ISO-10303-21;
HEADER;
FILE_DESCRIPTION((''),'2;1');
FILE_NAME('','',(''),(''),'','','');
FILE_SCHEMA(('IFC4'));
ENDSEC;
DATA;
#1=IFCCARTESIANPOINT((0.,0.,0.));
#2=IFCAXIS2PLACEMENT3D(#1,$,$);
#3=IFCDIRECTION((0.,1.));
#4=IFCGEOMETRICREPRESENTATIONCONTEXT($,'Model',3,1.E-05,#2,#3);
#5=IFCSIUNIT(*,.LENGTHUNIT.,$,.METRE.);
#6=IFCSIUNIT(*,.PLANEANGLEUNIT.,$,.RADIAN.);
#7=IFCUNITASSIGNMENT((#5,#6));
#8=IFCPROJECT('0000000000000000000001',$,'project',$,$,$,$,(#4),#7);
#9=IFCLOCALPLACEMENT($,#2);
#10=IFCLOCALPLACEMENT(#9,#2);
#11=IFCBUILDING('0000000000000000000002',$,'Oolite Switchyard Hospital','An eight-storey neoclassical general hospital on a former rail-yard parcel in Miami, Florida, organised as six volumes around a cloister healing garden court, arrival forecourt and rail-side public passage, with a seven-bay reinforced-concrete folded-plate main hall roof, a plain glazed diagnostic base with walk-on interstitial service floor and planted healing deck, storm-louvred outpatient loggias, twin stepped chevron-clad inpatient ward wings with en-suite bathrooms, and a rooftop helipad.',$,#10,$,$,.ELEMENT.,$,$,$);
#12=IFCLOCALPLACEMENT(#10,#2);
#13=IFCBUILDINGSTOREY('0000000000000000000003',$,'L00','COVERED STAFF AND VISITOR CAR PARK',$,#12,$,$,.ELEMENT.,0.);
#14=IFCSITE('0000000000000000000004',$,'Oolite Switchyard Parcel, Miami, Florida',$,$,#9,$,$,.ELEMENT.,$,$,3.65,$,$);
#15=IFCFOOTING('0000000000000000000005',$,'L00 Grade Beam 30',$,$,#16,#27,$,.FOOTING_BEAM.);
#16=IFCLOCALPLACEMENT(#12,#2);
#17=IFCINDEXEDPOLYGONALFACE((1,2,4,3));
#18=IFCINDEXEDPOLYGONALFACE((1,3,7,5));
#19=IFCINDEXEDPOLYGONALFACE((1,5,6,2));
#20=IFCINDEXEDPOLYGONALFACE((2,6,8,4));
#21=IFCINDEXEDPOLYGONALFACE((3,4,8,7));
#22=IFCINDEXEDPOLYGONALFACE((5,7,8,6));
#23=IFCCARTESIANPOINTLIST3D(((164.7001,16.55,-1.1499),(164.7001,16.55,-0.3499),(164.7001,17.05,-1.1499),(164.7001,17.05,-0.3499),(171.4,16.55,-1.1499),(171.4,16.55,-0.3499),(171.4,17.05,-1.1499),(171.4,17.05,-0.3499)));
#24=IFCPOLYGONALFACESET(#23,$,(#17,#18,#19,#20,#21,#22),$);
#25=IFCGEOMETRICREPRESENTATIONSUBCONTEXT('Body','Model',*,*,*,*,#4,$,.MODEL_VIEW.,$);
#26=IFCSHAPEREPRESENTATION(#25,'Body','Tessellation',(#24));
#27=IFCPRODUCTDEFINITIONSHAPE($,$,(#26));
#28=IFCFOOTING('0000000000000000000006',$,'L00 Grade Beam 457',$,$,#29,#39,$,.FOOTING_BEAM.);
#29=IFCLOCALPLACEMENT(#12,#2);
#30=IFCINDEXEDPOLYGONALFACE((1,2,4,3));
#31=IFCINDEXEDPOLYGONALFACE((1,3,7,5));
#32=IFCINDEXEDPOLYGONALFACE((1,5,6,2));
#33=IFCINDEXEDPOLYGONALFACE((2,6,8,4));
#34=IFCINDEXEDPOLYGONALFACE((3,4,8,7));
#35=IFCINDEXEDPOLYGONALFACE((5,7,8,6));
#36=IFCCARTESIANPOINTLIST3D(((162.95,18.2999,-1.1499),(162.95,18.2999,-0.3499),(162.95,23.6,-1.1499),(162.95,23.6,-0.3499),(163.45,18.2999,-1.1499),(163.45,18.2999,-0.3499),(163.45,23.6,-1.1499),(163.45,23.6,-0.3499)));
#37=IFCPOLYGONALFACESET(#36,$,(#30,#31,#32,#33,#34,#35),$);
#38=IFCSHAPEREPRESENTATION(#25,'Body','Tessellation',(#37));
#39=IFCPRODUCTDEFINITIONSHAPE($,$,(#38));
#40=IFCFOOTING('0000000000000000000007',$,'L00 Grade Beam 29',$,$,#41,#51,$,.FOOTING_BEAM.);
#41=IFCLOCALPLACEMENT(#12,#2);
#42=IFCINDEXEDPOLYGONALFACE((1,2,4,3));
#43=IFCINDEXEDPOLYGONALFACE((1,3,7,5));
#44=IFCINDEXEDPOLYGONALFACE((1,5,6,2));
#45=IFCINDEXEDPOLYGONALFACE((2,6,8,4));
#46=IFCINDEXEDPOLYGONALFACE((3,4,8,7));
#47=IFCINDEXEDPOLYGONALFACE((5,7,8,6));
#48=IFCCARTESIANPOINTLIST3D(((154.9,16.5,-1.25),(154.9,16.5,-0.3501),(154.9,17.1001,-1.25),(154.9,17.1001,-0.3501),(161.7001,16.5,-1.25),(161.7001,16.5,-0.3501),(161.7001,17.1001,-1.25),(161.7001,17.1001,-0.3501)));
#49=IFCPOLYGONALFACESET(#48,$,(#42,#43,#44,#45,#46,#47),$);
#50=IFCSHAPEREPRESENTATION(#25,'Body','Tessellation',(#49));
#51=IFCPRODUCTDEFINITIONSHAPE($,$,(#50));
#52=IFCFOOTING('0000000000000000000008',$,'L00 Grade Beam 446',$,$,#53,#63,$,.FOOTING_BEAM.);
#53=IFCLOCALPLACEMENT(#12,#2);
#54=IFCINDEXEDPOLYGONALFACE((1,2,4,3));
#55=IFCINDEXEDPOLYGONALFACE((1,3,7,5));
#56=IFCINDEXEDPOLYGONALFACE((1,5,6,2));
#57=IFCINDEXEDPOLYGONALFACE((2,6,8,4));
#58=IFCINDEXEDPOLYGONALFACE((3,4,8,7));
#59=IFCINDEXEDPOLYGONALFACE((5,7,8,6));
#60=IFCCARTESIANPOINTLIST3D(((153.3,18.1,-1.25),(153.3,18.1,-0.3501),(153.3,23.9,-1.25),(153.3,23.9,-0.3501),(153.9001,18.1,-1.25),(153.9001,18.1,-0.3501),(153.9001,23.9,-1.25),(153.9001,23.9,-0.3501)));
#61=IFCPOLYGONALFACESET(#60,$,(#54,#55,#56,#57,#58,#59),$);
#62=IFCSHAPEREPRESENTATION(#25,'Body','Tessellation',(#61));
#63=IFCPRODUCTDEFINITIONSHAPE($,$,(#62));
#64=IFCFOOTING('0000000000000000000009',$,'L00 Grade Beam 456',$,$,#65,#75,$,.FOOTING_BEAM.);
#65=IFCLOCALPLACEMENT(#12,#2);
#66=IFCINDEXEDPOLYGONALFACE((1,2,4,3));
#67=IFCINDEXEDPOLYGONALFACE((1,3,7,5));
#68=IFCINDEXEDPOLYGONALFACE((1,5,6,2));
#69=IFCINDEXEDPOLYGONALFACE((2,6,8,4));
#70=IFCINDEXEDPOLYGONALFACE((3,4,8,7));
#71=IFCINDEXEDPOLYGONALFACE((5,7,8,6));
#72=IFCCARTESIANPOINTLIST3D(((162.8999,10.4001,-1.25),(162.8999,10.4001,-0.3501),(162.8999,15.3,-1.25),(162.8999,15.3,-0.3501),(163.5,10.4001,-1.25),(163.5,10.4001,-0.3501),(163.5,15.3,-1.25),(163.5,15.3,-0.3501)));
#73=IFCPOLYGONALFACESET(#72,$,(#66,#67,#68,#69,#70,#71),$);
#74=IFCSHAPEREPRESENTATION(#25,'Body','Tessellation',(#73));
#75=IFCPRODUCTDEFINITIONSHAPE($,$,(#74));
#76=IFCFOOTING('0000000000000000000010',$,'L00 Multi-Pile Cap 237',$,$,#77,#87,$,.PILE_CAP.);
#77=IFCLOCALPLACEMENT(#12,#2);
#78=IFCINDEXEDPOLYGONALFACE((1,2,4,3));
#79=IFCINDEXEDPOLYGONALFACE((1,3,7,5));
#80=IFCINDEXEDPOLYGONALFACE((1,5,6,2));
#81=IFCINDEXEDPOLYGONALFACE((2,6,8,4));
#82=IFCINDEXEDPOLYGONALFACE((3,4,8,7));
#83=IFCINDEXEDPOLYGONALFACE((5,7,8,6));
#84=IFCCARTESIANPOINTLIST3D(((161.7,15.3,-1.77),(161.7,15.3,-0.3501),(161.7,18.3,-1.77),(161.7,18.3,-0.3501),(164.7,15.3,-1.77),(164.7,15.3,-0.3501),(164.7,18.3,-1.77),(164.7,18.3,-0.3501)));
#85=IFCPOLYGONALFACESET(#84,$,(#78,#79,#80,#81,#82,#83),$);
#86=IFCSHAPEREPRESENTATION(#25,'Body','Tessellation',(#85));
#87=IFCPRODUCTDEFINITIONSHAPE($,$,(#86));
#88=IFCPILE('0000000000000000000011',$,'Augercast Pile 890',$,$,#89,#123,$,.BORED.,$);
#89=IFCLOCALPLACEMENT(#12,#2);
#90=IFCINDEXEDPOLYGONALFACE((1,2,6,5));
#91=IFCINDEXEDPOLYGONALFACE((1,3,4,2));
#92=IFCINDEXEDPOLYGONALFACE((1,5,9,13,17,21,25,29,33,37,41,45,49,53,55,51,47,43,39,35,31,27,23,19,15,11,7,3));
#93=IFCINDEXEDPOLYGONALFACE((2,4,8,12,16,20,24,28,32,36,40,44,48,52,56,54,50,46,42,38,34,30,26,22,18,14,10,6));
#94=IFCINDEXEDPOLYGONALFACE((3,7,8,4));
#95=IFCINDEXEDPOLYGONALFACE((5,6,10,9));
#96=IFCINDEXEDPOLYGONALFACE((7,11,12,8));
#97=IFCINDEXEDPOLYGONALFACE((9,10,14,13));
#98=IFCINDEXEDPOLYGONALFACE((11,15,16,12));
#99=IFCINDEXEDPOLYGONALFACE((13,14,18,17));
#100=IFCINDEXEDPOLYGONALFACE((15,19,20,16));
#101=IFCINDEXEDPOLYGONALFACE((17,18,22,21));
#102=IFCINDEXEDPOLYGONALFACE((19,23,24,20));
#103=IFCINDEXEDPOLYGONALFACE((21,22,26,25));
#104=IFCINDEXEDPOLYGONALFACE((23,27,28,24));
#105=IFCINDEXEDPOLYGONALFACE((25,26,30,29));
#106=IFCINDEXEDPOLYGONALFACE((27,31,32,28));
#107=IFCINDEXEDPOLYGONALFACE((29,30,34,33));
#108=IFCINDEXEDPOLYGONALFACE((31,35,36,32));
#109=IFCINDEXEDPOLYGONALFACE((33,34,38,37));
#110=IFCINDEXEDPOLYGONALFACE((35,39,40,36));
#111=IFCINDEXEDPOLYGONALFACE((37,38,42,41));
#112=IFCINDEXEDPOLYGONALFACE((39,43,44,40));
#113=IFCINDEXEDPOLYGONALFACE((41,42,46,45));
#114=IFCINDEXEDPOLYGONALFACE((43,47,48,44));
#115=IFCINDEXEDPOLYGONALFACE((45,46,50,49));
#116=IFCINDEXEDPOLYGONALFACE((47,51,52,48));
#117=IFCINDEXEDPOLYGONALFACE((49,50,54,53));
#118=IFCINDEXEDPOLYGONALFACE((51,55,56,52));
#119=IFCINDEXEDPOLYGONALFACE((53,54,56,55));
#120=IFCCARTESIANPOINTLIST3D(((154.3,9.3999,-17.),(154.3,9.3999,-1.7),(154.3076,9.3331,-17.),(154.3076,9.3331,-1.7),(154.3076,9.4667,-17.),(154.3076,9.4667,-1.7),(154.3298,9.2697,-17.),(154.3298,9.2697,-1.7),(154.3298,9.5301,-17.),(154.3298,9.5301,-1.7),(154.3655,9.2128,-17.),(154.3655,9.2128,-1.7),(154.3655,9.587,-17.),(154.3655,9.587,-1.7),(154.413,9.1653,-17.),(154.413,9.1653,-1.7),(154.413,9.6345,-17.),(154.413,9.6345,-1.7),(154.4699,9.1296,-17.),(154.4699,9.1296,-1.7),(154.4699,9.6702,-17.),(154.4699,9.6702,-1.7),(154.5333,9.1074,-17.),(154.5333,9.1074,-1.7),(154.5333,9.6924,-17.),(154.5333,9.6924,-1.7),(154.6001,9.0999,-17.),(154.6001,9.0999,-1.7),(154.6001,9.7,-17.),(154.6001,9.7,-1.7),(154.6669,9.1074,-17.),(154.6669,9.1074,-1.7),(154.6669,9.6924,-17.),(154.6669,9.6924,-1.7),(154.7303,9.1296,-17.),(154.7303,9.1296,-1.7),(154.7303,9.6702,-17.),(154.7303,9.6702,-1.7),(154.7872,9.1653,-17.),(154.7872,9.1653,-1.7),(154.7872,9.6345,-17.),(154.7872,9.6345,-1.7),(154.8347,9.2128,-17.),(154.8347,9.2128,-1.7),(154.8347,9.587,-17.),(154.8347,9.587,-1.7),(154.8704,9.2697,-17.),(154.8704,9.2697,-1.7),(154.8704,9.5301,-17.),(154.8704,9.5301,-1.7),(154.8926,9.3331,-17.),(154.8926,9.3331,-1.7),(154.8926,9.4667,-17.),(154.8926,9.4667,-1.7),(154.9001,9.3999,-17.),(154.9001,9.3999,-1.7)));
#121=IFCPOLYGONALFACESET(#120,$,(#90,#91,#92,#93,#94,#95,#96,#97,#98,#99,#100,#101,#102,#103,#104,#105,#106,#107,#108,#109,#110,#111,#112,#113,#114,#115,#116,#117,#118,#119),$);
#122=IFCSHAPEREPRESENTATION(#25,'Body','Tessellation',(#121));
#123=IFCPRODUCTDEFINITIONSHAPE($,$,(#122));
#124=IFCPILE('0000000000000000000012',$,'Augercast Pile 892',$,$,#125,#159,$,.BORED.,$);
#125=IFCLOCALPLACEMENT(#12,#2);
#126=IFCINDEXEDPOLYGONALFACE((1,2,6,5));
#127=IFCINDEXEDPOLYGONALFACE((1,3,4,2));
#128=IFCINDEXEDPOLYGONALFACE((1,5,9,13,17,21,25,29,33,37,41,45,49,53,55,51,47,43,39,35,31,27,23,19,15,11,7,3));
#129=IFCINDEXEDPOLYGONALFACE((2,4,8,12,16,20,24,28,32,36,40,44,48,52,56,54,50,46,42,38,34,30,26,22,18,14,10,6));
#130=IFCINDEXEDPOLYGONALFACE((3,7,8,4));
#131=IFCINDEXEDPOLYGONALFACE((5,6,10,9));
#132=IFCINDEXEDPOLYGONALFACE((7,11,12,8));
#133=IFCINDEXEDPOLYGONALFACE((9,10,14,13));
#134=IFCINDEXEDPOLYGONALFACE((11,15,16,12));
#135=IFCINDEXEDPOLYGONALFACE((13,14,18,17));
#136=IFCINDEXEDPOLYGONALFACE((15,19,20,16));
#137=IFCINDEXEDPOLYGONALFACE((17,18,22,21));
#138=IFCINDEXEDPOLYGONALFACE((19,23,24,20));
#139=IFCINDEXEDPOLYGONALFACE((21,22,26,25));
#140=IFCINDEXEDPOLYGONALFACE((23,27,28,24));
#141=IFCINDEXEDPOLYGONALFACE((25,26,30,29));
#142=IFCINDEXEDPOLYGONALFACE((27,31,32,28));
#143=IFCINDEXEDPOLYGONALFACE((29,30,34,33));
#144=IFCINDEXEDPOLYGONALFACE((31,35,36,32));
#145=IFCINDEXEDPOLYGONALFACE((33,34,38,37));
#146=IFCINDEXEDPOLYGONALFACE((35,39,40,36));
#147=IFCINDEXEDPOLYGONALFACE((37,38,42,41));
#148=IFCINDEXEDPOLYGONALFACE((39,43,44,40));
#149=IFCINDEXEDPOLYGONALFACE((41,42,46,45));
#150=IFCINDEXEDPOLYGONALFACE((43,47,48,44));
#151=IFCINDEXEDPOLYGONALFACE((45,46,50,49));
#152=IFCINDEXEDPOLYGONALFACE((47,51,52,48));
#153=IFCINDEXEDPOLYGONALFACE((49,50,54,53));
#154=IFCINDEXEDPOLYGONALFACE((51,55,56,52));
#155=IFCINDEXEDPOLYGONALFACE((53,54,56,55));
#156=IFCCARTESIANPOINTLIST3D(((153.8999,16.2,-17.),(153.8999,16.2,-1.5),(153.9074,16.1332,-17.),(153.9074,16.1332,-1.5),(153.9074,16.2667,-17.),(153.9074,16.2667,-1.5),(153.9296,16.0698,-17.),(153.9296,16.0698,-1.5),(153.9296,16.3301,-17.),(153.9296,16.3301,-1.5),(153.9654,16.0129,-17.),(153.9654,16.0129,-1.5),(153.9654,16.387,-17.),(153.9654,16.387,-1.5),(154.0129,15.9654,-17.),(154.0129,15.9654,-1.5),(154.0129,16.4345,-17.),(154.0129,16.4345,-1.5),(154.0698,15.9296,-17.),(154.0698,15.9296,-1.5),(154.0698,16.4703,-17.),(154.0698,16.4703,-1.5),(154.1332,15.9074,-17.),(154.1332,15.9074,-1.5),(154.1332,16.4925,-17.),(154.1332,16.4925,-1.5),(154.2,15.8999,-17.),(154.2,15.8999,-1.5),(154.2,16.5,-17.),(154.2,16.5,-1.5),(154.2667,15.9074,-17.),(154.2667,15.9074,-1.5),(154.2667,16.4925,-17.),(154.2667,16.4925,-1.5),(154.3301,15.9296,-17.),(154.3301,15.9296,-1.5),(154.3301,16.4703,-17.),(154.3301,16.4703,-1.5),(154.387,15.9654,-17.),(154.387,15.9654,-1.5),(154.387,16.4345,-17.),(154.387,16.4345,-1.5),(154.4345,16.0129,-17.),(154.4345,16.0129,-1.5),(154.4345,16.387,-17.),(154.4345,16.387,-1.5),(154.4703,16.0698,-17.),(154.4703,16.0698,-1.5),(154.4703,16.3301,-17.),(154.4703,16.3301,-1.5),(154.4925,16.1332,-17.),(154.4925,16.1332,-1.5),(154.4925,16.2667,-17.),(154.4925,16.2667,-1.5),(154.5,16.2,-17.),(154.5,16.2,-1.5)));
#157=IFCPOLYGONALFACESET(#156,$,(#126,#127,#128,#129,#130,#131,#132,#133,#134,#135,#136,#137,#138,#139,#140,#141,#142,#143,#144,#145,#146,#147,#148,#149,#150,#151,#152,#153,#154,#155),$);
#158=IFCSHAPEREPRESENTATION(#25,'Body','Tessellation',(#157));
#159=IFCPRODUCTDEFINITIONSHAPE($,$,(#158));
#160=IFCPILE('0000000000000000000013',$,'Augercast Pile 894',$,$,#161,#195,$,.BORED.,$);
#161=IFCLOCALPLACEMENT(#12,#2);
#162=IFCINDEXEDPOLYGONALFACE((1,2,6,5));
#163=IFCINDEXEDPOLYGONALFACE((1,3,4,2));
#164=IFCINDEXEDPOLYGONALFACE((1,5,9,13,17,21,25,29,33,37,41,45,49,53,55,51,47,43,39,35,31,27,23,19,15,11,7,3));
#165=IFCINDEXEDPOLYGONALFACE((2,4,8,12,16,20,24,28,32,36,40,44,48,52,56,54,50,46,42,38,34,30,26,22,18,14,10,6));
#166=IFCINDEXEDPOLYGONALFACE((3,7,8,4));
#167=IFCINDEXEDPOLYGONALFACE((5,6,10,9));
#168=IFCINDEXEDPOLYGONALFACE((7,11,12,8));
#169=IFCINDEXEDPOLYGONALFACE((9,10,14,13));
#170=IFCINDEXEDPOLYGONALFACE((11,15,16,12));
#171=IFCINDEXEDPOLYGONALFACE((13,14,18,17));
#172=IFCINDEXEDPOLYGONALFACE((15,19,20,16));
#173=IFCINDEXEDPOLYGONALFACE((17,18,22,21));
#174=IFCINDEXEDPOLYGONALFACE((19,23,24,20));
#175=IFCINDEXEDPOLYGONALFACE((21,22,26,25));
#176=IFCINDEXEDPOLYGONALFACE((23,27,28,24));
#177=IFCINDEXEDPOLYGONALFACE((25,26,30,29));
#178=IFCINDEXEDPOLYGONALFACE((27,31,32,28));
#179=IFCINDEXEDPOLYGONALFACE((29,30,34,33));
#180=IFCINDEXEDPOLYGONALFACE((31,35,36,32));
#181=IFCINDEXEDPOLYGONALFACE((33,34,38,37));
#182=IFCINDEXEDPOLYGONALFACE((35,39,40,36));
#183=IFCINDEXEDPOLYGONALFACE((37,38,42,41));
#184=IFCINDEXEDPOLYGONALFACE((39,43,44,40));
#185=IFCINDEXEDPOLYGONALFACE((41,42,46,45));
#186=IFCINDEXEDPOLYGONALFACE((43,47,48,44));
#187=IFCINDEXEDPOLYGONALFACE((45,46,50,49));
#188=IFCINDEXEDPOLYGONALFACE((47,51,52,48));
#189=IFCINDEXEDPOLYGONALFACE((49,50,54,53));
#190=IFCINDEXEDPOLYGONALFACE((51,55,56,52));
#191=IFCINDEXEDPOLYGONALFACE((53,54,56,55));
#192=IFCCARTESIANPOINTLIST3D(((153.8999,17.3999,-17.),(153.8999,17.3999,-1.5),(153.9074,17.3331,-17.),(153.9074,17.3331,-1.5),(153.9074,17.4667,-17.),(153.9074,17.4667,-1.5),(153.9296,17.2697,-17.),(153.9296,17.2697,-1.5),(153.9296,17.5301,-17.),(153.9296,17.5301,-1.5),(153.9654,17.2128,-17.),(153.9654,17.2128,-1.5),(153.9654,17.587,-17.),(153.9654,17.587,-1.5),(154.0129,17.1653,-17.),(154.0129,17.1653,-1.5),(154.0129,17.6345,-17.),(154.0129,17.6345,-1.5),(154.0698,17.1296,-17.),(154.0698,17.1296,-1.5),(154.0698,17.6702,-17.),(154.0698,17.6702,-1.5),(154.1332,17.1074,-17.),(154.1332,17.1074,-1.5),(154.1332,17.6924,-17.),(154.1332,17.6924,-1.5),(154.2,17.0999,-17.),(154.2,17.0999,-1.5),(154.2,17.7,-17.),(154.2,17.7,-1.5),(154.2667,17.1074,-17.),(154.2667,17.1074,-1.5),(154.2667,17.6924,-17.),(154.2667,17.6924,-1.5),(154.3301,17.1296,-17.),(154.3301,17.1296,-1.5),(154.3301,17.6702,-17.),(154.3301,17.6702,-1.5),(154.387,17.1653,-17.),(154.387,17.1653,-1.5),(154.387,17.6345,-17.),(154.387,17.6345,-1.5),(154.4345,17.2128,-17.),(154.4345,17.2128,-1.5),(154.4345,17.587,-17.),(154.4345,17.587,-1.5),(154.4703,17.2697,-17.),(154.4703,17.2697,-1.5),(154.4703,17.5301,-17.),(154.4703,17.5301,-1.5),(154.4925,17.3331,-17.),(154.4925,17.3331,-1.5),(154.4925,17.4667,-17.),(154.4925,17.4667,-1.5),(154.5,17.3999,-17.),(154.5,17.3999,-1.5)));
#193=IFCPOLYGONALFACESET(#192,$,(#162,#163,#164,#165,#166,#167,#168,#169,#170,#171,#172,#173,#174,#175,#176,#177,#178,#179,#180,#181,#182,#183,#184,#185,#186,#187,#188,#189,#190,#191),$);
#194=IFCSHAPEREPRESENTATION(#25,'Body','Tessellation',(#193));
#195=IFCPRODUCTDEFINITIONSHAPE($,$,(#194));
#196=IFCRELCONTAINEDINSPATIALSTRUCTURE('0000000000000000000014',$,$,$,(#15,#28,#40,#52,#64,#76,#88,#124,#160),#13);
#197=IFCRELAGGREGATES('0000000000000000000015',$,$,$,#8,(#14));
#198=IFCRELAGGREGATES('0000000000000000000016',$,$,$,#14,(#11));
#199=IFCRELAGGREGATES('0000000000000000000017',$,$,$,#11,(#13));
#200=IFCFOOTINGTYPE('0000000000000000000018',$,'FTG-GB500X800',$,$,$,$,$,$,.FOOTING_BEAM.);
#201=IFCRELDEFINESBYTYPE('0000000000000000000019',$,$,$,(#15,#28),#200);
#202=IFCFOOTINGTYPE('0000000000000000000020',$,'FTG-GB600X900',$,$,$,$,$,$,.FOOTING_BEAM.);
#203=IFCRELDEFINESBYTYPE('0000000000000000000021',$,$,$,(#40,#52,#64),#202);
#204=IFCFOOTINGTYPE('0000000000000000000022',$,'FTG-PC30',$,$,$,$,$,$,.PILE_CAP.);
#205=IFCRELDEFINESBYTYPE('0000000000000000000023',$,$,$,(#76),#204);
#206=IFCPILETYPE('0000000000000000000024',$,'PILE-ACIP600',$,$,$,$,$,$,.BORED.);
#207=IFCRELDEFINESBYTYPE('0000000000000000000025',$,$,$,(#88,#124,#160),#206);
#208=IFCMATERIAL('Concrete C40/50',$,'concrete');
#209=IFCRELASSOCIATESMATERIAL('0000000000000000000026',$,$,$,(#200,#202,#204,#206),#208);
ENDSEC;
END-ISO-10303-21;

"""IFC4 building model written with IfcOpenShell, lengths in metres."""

from ifc_helpers import new_model, si_unit, direction, frame, origin, origin_2d, place, context, subcontext, project, spatial, rectangle, circle, extrude, material, material_profile, profile_set, type_object, element, save


model = new_model("IFC4")

# Units and contexts
model_context = context("Model", 3, precision=1e-05, world=origin(), true_north=direction((0.0, 1.0)))
body_context = subcontext(model_context, "Body", "Model", "MODEL_VIEW")
ifc_project = project(units=[si_unit("LENGTHUNIT", "METRE"), si_unit("PLANEANGLEUNIT", "RADIAN")], contexts=[model_context])

# Site, building, storey
site_placement = place(None, origin())
site = spatial("IfcSite", under=ifc_project, at=site_placement, Name="Oolite Switchyard Parcel, Miami, Florida", CompositionType="ELEMENT", RefElevation=3.65)
building_placement = place(site_placement, origin())
building = spatial("IfcBuilding", under=site, at=building_placement, Name="Oolite Switchyard Hospital", Description="An eight-storey neoclassical general hospital on a former rail-yard parcel in Miami, Florida, organised as six volumes around a cloister healing garden court, arrival forecourt and rail-side public passage, with a seven-bay reinforced-concrete folded-plate main hall roof, a plain glazed diagnostic base with walk-on interstitial service floor and planted healing deck, storm-louvred outpatient loggias, twin stepped chevron-clad inpatient ward wings with en-suite bathrooms, and a rooftop helipad.", CompositionType="ELEMENT")
storey_placement = place(building_placement, origin())
storey = spatial("IfcBuildingStorey", under=building, at=storey_placement, Name="L00", Description="COVERED STAFF AND VISITOR CAR PARK", CompositionType="ELEMENT", Elevation=0.0)

# Footings
ifc_material_1 = material(Name="Concrete C40/50", Category="concrete")
footing_type_1 = type_object("IfcFootingType", Name="FTG-GB500X800", PredefinedType="FOOTING_BEAM", material=ifc_material_1)
footing_1_placement = place(storey_placement, frame((168.05, 16.8, -1.1499), z_axis=(0.0, 0.0, 1.0), x_axis=(1.0, 0.0, 0.0)))
element("IfcFooting", 1, at=footing_1_placement, inside=storey, type_object=footing_type_1, Name="L00 Grade Beam 30", PredefinedType="FOOTING_BEAM", context=body_context, shape_type="SweptSolid", body=[
    extrude(rectangle(XDim=6.7, YDim=0.5, at=origin_2d()), origin(), (0.0, 0.0, 1.0), 0.8),
])
footing_2_placement = place(storey_placement, frame((163.2, 20.95, -1.1499), z_axis=(0.0, 0.0, 1.0), x_axis=(0.0, 1.0, 0.0)))
element("IfcFooting", 2, at=footing_2_placement, inside=storey, type_object=footing_type_1, Name="L00 Grade Beam 457", PredefinedType="FOOTING_BEAM", context=body_context, shape_type="SweptSolid", body=[
    extrude(rectangle(XDim=5.3, YDim=0.5, at=origin_2d()), origin(), (0.0, 0.0, 1.0), 0.8),
])
footing_type_2 = type_object("IfcFootingType", Name="FTG-GB600X900", PredefinedType="FOOTING_BEAM", material=ifc_material_1)
footing_3_placement = place(storey_placement, frame((158.3, 16.8, -1.25), z_axis=(0.0, 0.0, 1.0), x_axis=(1.0, 0.0, 0.0)))
element("IfcFooting", 3, at=footing_3_placement, inside=storey, type_object=footing_type_2, Name="L00 Grade Beam 29", PredefinedType="FOOTING_BEAM", context=body_context, shape_type="SweptSolid", body=[
    extrude(rectangle(XDim=6.8, YDim=0.6001, at=origin_2d()), origin(), (0.0, 0.0, 1.0), 0.8999),
])
footing_4_placement = place(storey_placement, frame((153.6001, 21.0, -1.25), z_axis=(0.0, 0.0, 1.0), x_axis=(0.0, 1.0, 0.0)))
element("IfcFooting", 4, at=footing_4_placement, inside=storey, type_object=footing_type_2, Name="L00 Grade Beam 446", PredefinedType="FOOTING_BEAM", context=body_context, shape_type="SweptSolid", body=[
    extrude(rectangle(XDim=5.8, YDim=0.6001, at=origin_2d()), origin(), (0.0, 0.0, 1.0), 0.8999),
])
footing_5_placement = place(storey_placement, frame((163.2, 12.8501, -1.25), z_axis=(0.0, 0.0, 1.0), x_axis=(0.0, 1.0, 0.0)))
element("IfcFooting", 5, at=footing_5_placement, inside=storey, type_object=footing_type_2, Name="L00 Grade Beam 456", PredefinedType="FOOTING_BEAM", context=body_context, shape_type="SweptSolid", body=[
    extrude(rectangle(XDim=4.8999, YDim=0.6001, at=origin_2d()), origin(), (0.0, 0.0, 1.0), 0.8999),
])
footing_type_3 = type_object("IfcFootingType", Name="FTG-PC30", PredefinedType="PILE_CAP", material=ifc_material_1)
footing_6_placement = place(storey_placement, frame((163.2, 16.8, -1.77), z_axis=(0.0, 0.0, 1.0), x_axis=(1.0, 0.0, 0.0)))
element("IfcFooting", 6, at=footing_6_placement, inside=storey, type_object=footing_type_3, Name="L00 Multi-Pile Cap 237", PredefinedType="PILE_CAP", context=body_context, shape_type="SweptSolid", body=[
    extrude(rectangle(XDim=3.0, YDim=3.0, at=origin_2d()), origin(), (0.0, 0.0, 1.0), 1.4199),
])

# Piles
ifc_material_profile_1 = material_profile(ifc_material_1, circle(Radius=0.3, at=origin_2d()), Name="PILE600")
ifc_profile_set_1 = profile_set([ifc_material_profile_1], Name="Concrete C40/50")
pile_type = type_object("IfcPileType", Name="PILE-ACIP600", PredefinedType="BORED", material=ifc_profile_set_1)
pile_placement = place(storey_placement, frame((154.6001, 9.3999, -1.7), z_axis=(0.0, 0.0, -1.0), x_axis=(1.0, 0.0, 0.0)))
element("IfcPile", 7, at=pile_placement, inside=storey, type_object=pile_type, Name="Augercast Pile 890", PredefinedType="BORED", context=body_context, shape_type="SweptSolid", body=[
    extrude(circle(Radius=0.3, at=origin_2d()), origin(), (0.0, 0.0, 1.0), 15.3),
])
for number, where, z_axis, x_axis, name in (
    (8, (154.2, 16.2, -1.5), (0.0, 0.0, -1.0), (1.0, 0.0, 0.0), "Augercast Pile 892"),
    (9, (154.2, 17.3999, -1.5), (0.0, 0.0, -1.0), (1.0, 0.0, 0.0), "Augercast Pile 894"),
):
    element("IfcPile", number, at=place(storey_placement, frame(where, z_axis=z_axis, x_axis=x_axis)), inside=storey, type_object=pile_type, Name=name, PredefinedType="BORED", context=body_context, shape_type="SweptSolid", body=[
        extrude(circle(Radius=0.3, at=origin_2d()), origin(), (0.0, 0.0, 1.0), 15.5),
    ])

save(model, "model.ifc")
